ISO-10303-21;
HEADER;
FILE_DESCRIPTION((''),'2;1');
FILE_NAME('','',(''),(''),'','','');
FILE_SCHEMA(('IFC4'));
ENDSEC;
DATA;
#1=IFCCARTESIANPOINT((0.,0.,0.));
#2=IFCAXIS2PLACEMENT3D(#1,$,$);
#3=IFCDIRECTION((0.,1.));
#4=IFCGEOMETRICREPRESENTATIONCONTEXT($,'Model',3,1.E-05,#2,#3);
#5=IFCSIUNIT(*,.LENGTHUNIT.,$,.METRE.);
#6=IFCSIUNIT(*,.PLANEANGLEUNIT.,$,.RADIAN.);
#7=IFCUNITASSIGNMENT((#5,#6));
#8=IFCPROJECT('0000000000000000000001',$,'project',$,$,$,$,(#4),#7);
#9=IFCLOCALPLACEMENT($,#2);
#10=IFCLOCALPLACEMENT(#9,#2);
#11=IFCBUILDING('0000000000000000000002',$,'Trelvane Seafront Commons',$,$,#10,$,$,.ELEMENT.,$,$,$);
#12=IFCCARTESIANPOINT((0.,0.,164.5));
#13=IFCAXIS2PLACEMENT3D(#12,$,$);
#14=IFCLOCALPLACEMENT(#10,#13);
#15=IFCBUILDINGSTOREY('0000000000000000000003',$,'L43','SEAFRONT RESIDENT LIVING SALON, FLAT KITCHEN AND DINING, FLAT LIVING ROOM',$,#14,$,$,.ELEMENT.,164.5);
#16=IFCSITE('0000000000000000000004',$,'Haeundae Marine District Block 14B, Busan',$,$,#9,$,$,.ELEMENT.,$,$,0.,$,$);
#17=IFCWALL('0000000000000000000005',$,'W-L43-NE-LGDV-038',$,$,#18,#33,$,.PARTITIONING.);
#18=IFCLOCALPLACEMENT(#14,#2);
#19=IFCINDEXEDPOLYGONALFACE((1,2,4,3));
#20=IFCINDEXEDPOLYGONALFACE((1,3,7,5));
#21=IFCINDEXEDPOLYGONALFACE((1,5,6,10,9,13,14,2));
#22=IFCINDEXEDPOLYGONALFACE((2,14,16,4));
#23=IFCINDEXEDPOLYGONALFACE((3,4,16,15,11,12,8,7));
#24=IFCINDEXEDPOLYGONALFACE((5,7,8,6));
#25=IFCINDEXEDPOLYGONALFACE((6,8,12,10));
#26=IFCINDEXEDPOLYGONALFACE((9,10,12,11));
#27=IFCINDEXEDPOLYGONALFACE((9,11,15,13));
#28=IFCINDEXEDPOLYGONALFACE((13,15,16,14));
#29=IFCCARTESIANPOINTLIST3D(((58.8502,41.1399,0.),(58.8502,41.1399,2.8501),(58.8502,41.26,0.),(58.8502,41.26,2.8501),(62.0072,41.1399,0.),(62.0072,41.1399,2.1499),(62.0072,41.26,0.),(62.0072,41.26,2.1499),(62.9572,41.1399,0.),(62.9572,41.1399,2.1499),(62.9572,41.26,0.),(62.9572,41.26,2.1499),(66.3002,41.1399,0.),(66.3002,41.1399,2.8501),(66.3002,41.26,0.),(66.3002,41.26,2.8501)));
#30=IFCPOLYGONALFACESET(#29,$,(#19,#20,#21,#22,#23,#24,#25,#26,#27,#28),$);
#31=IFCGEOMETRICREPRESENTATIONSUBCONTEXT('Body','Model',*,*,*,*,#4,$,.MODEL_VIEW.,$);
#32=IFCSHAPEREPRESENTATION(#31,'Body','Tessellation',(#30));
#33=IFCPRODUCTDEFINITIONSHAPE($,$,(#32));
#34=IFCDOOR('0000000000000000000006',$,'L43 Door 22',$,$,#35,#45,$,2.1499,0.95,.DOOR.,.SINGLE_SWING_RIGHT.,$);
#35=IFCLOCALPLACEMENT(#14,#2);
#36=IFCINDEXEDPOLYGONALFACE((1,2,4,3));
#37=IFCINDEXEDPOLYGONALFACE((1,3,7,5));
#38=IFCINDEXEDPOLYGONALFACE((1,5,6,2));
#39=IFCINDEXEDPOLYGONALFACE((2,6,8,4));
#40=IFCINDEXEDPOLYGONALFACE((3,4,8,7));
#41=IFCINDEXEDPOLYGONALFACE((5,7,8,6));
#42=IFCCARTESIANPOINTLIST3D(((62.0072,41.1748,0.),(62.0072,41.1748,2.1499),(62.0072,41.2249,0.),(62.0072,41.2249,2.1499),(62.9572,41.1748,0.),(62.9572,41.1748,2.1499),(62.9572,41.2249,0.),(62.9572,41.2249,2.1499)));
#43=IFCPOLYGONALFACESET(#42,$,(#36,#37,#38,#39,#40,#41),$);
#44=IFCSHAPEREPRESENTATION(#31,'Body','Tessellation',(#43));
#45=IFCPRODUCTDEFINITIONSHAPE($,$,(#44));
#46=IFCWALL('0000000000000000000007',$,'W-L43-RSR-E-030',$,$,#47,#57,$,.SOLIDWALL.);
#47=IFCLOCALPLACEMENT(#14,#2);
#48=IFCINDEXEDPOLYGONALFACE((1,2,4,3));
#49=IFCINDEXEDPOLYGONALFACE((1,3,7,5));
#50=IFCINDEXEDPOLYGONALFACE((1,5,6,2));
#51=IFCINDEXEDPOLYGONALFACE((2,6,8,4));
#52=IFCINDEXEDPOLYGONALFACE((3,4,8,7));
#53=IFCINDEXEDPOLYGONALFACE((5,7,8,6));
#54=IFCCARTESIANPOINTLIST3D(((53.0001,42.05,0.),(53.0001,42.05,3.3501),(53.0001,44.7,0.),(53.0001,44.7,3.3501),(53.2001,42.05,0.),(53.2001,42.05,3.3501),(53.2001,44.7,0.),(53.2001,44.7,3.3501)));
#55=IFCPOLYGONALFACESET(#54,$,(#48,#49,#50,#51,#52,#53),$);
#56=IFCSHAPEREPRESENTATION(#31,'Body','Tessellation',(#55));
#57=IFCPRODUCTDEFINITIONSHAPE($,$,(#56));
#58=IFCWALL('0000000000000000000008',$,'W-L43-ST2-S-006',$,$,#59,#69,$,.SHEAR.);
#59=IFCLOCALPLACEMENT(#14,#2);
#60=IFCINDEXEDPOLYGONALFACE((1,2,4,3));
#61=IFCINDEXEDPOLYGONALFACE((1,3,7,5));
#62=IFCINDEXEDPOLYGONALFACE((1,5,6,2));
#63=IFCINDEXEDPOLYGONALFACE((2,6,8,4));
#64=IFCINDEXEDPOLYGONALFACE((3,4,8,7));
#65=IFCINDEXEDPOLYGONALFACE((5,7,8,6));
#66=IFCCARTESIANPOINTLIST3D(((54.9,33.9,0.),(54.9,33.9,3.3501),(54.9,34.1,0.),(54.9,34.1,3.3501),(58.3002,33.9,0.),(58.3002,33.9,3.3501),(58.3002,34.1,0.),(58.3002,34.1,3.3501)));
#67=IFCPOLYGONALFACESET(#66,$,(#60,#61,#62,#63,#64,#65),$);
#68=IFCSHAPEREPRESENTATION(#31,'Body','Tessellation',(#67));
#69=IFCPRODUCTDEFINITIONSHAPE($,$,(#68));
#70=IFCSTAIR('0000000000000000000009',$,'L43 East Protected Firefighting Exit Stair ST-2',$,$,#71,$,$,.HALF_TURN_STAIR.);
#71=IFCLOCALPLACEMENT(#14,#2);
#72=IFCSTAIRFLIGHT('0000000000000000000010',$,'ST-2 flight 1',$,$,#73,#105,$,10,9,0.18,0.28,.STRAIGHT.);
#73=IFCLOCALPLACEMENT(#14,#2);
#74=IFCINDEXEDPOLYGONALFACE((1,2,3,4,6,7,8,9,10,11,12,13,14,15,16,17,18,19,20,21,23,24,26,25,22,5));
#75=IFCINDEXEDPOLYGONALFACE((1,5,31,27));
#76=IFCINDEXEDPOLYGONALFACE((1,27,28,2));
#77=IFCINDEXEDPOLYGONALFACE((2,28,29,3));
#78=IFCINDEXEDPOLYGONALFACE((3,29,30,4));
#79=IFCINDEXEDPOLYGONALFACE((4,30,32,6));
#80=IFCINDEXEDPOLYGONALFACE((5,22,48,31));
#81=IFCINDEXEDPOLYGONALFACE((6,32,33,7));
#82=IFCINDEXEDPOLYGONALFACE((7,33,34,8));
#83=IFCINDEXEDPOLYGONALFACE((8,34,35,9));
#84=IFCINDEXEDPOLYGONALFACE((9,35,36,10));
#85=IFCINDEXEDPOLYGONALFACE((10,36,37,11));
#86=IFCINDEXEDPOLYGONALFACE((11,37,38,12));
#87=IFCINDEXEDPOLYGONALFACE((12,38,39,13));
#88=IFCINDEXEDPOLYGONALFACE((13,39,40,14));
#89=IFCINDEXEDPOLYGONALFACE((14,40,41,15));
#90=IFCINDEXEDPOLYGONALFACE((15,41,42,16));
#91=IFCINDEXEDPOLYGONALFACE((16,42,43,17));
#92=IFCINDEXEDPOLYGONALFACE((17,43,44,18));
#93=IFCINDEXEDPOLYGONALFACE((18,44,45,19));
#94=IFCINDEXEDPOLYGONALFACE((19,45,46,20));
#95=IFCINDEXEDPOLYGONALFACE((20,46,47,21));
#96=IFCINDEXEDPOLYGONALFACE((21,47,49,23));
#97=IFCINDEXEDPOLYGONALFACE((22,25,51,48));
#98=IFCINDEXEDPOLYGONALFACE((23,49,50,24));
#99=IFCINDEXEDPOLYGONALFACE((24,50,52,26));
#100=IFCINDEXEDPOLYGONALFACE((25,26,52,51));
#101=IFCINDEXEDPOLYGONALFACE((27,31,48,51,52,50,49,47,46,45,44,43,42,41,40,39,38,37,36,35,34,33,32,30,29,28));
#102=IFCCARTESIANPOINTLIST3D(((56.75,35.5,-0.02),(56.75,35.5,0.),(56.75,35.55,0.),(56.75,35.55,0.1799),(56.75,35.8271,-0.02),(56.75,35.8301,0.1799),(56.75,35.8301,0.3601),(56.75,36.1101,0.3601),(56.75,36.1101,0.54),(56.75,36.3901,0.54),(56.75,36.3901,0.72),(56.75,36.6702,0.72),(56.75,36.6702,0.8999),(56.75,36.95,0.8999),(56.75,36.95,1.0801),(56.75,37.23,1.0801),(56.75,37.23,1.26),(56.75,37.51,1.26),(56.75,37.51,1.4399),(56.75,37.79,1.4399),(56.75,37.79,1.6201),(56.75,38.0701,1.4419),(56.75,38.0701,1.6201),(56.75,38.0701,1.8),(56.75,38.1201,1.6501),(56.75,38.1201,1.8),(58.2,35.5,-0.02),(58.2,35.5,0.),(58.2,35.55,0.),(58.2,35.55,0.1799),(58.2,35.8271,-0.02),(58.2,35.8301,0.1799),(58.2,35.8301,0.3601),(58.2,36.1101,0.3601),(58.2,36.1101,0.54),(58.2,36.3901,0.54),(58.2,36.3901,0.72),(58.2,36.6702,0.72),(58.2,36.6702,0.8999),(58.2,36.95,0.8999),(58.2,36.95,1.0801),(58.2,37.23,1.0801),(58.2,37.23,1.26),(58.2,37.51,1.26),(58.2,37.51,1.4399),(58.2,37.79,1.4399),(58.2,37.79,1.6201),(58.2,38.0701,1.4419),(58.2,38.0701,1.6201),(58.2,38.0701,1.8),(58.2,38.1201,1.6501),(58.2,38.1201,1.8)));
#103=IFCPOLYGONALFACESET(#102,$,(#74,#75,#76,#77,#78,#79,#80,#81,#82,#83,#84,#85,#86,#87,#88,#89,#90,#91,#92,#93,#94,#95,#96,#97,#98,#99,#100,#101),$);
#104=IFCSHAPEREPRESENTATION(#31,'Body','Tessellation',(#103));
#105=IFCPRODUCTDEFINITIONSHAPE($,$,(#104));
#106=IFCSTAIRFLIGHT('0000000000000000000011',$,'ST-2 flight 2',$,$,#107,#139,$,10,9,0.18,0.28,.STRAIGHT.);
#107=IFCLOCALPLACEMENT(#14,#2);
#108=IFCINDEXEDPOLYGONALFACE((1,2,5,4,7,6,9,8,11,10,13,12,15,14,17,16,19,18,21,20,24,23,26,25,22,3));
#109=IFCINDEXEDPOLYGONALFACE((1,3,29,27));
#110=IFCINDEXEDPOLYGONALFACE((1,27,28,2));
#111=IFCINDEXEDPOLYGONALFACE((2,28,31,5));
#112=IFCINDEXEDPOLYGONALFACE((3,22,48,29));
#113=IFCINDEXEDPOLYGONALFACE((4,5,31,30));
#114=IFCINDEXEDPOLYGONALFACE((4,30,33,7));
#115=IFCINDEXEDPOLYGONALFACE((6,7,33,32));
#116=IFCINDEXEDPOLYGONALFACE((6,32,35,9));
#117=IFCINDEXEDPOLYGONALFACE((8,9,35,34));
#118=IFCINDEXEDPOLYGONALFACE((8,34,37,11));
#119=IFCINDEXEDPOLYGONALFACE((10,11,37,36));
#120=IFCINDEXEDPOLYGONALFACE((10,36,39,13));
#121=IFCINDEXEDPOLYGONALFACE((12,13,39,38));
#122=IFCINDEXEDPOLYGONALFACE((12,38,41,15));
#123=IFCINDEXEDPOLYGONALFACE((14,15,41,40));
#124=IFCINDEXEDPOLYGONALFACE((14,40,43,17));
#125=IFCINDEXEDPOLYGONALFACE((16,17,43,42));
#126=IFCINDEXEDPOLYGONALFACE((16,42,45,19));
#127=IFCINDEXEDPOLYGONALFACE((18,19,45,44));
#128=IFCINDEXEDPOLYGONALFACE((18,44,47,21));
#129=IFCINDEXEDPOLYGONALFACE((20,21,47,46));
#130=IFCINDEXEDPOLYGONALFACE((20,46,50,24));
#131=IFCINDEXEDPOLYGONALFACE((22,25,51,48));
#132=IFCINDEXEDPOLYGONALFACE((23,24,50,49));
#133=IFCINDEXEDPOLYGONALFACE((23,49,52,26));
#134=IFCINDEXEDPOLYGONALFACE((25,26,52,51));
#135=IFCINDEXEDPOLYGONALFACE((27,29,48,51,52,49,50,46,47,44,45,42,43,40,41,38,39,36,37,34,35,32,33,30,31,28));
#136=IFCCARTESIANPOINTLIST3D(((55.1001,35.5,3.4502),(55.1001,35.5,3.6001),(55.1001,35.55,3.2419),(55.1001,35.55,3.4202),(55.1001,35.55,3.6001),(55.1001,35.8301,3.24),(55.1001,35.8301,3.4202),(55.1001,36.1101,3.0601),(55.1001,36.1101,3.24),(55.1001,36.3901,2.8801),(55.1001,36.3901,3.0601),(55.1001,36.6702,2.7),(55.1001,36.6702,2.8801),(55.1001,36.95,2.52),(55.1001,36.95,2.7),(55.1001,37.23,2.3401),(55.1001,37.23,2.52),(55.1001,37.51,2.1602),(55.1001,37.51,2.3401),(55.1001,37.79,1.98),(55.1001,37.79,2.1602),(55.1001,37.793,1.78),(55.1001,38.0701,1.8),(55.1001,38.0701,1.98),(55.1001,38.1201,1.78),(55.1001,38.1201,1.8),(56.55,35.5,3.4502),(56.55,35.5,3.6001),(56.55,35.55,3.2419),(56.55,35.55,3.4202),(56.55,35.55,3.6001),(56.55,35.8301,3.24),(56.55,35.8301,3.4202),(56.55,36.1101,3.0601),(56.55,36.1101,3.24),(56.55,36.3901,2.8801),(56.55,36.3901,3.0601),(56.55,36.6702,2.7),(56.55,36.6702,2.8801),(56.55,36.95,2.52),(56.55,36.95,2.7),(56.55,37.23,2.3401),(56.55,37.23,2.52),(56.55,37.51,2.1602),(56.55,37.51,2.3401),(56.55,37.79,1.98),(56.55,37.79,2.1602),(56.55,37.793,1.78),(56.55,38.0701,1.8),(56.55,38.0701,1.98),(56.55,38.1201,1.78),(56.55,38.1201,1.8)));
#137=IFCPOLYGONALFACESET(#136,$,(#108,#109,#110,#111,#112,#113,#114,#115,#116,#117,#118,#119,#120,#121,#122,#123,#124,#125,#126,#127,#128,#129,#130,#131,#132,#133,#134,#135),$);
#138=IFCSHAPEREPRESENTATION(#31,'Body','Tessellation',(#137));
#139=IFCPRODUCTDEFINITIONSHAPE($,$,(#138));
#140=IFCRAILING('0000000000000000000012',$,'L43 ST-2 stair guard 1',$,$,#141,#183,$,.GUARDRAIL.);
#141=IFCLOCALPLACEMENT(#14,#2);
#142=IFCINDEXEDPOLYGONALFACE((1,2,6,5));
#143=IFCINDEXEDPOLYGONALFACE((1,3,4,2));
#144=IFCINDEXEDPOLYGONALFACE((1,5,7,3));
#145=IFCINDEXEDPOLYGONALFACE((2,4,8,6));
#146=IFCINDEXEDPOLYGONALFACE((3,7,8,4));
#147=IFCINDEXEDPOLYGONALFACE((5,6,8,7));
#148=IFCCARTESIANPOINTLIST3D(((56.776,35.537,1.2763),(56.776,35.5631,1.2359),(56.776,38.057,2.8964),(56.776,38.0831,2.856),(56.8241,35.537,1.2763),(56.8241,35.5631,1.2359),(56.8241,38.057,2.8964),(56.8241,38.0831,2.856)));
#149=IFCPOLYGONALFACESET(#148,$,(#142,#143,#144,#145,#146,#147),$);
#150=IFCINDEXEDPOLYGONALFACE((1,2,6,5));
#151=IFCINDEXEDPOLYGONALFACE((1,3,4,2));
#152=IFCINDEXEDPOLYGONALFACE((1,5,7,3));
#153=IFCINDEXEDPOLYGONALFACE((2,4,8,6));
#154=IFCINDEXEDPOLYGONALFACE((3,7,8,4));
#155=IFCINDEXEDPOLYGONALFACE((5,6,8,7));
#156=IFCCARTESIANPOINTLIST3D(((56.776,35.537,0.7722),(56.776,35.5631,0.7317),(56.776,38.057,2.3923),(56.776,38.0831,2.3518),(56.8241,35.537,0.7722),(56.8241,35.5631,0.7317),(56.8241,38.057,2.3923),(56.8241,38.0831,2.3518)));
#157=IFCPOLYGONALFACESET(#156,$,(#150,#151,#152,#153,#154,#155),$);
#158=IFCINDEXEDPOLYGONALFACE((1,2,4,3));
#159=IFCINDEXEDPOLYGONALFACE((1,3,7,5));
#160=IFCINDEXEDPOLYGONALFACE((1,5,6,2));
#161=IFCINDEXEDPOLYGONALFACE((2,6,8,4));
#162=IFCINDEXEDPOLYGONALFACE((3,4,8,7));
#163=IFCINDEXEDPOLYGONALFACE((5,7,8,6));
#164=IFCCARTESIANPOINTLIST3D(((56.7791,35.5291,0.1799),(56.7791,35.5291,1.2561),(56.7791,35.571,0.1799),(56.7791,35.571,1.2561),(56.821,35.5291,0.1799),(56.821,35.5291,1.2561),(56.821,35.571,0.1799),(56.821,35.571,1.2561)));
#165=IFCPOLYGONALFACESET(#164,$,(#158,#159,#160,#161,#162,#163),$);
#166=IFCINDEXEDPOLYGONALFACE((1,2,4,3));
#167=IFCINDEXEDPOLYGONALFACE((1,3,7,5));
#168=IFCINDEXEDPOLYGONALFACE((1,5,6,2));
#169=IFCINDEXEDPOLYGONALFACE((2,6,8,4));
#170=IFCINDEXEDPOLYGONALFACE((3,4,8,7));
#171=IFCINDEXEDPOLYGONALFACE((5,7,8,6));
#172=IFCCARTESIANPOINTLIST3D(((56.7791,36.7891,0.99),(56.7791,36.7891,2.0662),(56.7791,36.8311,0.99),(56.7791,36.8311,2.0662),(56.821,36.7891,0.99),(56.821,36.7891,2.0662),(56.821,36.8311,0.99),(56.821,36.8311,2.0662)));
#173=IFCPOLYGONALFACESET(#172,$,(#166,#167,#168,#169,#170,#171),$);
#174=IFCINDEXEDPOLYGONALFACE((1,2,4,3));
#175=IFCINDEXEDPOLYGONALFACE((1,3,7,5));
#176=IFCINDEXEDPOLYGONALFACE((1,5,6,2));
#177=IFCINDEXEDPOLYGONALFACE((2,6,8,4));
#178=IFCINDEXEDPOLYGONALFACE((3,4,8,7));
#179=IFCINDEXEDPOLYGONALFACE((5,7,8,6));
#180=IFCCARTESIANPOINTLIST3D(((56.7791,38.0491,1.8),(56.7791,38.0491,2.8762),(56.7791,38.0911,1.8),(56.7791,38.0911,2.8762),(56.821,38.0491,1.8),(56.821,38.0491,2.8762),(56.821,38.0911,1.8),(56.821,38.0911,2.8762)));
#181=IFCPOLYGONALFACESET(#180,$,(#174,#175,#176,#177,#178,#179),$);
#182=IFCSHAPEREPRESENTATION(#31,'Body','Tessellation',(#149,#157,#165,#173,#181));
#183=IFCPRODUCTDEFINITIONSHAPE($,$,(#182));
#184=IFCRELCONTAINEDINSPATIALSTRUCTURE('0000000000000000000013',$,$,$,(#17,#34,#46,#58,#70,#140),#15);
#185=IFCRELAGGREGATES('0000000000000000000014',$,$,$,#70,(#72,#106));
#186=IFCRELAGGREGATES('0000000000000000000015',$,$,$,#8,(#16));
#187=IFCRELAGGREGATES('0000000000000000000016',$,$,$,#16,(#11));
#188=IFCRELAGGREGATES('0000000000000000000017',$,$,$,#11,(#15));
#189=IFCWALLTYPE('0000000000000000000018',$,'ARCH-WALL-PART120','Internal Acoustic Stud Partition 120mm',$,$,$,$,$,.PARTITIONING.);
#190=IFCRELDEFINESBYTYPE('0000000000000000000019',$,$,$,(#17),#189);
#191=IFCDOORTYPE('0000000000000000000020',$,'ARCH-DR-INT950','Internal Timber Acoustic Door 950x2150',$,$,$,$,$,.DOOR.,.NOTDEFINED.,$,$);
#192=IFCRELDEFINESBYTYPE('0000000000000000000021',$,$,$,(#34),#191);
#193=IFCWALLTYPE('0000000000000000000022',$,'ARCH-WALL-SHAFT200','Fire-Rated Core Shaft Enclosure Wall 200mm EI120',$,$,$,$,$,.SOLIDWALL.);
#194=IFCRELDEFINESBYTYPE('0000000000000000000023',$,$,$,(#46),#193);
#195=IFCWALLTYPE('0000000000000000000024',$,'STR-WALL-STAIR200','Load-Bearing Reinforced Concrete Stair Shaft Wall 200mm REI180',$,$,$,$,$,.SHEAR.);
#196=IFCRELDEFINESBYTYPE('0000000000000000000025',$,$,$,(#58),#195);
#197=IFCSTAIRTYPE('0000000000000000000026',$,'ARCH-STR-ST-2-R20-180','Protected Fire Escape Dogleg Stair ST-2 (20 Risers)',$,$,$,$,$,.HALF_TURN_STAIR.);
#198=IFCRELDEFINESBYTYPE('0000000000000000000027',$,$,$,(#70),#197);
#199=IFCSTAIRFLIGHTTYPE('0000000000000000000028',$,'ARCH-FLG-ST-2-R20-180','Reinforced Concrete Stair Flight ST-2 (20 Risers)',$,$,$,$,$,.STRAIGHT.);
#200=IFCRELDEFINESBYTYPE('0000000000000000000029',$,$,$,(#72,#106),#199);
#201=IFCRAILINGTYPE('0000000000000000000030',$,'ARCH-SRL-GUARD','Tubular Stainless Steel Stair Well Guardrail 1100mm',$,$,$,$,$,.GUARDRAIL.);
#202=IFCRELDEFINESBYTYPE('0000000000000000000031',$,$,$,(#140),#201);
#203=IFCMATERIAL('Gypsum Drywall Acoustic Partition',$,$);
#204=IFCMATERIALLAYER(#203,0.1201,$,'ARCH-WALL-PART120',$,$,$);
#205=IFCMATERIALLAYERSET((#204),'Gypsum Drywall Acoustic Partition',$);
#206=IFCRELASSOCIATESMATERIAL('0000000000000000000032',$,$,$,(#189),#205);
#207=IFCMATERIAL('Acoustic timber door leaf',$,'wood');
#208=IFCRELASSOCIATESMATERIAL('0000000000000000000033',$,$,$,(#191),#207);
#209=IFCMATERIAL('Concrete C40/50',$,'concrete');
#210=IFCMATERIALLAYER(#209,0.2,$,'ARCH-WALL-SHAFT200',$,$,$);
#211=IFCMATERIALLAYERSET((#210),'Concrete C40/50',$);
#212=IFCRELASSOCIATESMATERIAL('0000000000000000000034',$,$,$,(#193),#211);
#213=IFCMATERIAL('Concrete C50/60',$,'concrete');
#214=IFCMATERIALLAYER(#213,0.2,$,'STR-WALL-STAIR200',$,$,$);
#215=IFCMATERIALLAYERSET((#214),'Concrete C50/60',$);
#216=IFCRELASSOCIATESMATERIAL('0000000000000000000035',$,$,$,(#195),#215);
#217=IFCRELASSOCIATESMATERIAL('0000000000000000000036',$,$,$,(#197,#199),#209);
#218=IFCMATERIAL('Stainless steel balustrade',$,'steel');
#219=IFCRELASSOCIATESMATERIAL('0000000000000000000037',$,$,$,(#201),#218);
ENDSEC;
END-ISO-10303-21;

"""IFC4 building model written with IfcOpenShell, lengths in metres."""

from ifc_helpers import new_model, si_unit, direction, frame, frame_2d, origin, origin_2d, place, context, subcontext, project, spatial, polyline, rectangle, outline, extrude, source, transform, mapped, material, layer, layer_set, type_object, element, fill, aggregate, save


model = new_model("IFC4")

# Units and contexts
model_context = context("Model", 3, precision=1e-05, world=origin(), true_north=direction((0.0, 1.0)))
body_context = subcontext(model_context, "Body", "Model", "MODEL_VIEW")
ifc_project = project(units=[si_unit("LENGTHUNIT", "METRE"), si_unit("PLANEANGLEUNIT", "RADIAN")], contexts=[model_context])

# Site, building, storey
site_placement = place(None, origin())
site = spatial("IfcSite", under=ifc_project, at=site_placement, Name="Haeundae Marine District Block 14B, Busan", CompositionType="ELEMENT", RefElevation=0.0)
building_placement = place(site_placement, origin())
building = spatial("IfcBuilding", under=site, at=building_placement, Name="Trelvane Seafront Commons", CompositionType="ELEMENT")
storey_placement = place(building_placement, frame((0.0, 0.0, 164.5)))
storey = spatial("IfcBuildingStorey", under=building, at=storey_placement, Name="L43", Description="SEAFRONT RESIDENT LIVING SALON, FLAT KITCHEN AND DINING, FLAT LIVING ROOM", CompositionType="ELEMENT", Elevation=164.5)

# Shared definitions
ifc_material_1 = material(Name="Concrete C50/60", Category="concrete")

# Shared definitions
ifc_material_2 = material(Name="Concrete C40/50", Category="concrete")

# Wall, opening, door
ifc_material_3 = material(Name="Gypsum Drywall Acoustic Partition")
ifc_layer_1 = layer(ifc_material_3, 0.1201, Name="ARCH-WALL-PART120")
ifc_layer_set_1 = layer_set([ifc_layer_1], Name="Gypsum Drywall Acoustic Partition")
wall_type_1 = type_object("IfcWallType", Name="ARCH-WALL-PART120", Description="Internal Acoustic Stud Partition 120mm", PredefinedType="PARTITIONING", material=ifc_layer_set_1)
wall_1_placement = place(storey_placement, frame((58.8501, 41.2, 0.0), z_axis=(0.0, 0.0, 1.0), x_axis=(1.0, 0.0, 0.0)))
wall_1 = element("IfcWall", 1, at=wall_1_placement, inside=storey, type_object=wall_type_1, Name="W-L43-NE-LGDV-038", PredefinedType="PARTITIONING", context=body_context, shape_type="SweptSolid", body=[
    extrude(rectangle(XDim=7.45, YDim=0.1201, at=frame_2d((3.7251, 0.0))), origin(), (0.0, 0.0, 1.0), 2.8501),
])
opening_1_placement = place(wall_1_placement, frame((3.157, 0.0, 0.0)))
opening_1 = element("IfcOpeningElement", 2, at=opening_1_placement, cuts=wall_1, PredefinedType="OPENING", context=body_context, shape_type="SweptSolid", body=[
    extrude(rectangle(XDim=0.95, YDim=2.1499, at=frame_2d((0.4751, 1.075))), frame((0.0, 0.0701, 0.0), z_axis=(0.0, -1.0, 0.0), x_axis=(1.0, 0.0, 0.0)), (0.0, 0.0, 1.0), 0.1401),
])
ifc_material_4 = material(Name="Acoustic timber door leaf", Category="wood")
door_type_1 = type_object("IfcDoorType", Name="ARCH-DR-INT950", Description="Internal Timber Acoustic Door 950x2150", OperationType="NOTDEFINED", PredefinedType="DOOR", material=ifc_material_4)
shared_shape_1 = source(origin(), body_context, "Body", "SweptSolid", [
    extrude(rectangle(XDim=0.95, YDim=2.1499, at=frame_2d((0.4751, 1.075))), frame((0.0, 0.0249, 0.0), z_axis=(0.0, -1.0, 0.0), x_axis=(1.0, 0.0, 0.0)), (0.0, 0.0, 1.0), 0.05),
])
door_1_placement = place(opening_1_placement, origin())
door_1 = element("IfcDoor", 3, at=door_1_placement, inside=storey, type_object=door_type_1, Name="L43 Door 22", OperationType="SINGLE_SWING_RIGHT", OverallHeight=2.1499, OverallWidth=0.95, PredefinedType="DOOR", context=body_context, shape_type="MappedRepresentation", body=[
    mapped(shared_shape_1, transform((0.0, 0.0, 0.0), x_axis=(1.0, 0.0, 0.0), y_axis=(0.0, 1.0, 0.0), z_axis=(0.0, 0.0, 1.0), scale=1.0)),
])
fill(opening_1, door_1)

# Walls
ifc_layer_2 = layer(ifc_material_2, 0.2, Name="ARCH-WALL-SHAFT200")
ifc_layer_set_2 = layer_set([ifc_layer_2], Name="Concrete C40/50")
wall_type_2 = type_object("IfcWallType", Name="ARCH-WALL-SHAFT200", Description="Fire-Rated Core Shaft Enclosure Wall 200mm EI120", PredefinedType="SOLIDWALL", material=ifc_layer_set_2)
wall_2_placement = place(storey_placement, frame((53.1001, 42.05, 0.0), z_axis=(0.0, 0.0, 1.0), x_axis=(0.0, 1.0, 0.0)))
element("IfcWall", 4, at=wall_2_placement, inside=storey, type_object=wall_type_2, Name="W-L43-RSR-E-030", PredefinedType="SOLIDWALL", context=body_context, shape_type="SweptSolid", body=[
    extrude(rectangle(XDim=2.6499, YDim=0.2, at=frame_2d((1.325, 0.0))), origin(), (0.0, 0.0, 1.0), 3.3501),
])
ifc_layer_3 = layer(ifc_material_1, 0.2, Name="STR-WALL-STAIR200")
ifc_layer_set_3 = layer_set([ifc_layer_3], Name="Concrete C50/60")
wall_type_3 = type_object("IfcWallType", Name="STR-WALL-STAIR200", Description="Load-Bearing Reinforced Concrete Stair Shaft Wall 200mm REI180", PredefinedType="SHEAR", material=ifc_layer_set_3)
wall_3_placement = place(storey_placement, frame((54.8999, 34.0, 0.0), z_axis=(0.0, 0.0, 1.0), x_axis=(1.0, 0.0, 0.0)))
element("IfcWall", 5, at=wall_3_placement, inside=storey, type_object=wall_type_3, Name="W-L43-ST2-S-006", PredefinedType="SHEAR", context=body_context, shape_type="SweptSolid", body=[
    extrude(rectangle(XDim=3.4001, YDim=0.2, at=frame_2d((1.7002, 0.0))), origin(), (0.0, 0.0, 1.0), 3.3501),
])

# Stair, stair flights
stair_type = type_object("IfcStairType", Name="ARCH-STR-ST-2-R20-180", Description="Protected Fire Escape Dogleg Stair ST-2 (20 Risers)", PredefinedType="HALF_TURN_STAIR", material=ifc_material_2)
stair_placement = place(storey_placement, origin())
stair = element("IfcStair", 6, at=stair_placement, inside=storey, type_object=stair_type, Name="L43 East Protected Firefighting Exit Stair ST-2", PredefinedType="HALF_TURN_STAIR")
stair_flight_type = type_object("IfcStairFlightType", Name="ARCH-FLG-ST-2-R20-180", Description="Reinforced Concrete Stair Flight ST-2 (20 Risers)", PredefinedType="STRAIGHT", material=ifc_material_2)
shared_shape_2 = source(origin(), body_context, "Body", "SweptSolid", [
    extrude(outline(polyline([(-0.05, -0.02), (-0.05, 0.0), (0.0, 0.0), (0.0, 0.1799), (0.28, 0.1799), (0.28, 0.3601), (0.5601, 0.3601), (0.5601, 0.54), (0.8401, 0.54), (0.8401, 0.72), (1.1201, 0.72), (1.1201, 0.8999), (1.3999, 0.8999), (1.3999, 1.0801), (1.6799, 1.0801), (1.6799, 1.26), (1.96, 1.26), (1.96, 1.4399), (2.24, 1.4399), (2.24, 1.6201), (2.52, 1.6201), (2.52, 1.8), (2.5701, 1.8), (2.5701, 1.6501), (2.52, 1.4419), (0.2771, -0.02), (-0.05, -0.02)])), frame((0.0, 0.7251, 0.0), z_axis=(0.0, -1.0, 0.0), x_axis=(1.0, 0.0, 0.0)), (0.0, 0.0, 1.0), 1.45),
])
stair_flight_1_placement = place(storey_placement, frame((57.4751, 35.55, 0.0), z_axis=(0.0, 0.0, 1.0), x_axis=(0.0, 1.0, 0.0)))
stair_flight_1 = element("IfcStairFlight", 7, at=stair_flight_1_placement, type_object=stair_flight_type, Name="ST-2 flight 1", NumberOfRisers=10, NumberOfTreads=9, PredefinedType="STRAIGHT", RiserHeight=0.18, TreadLength=0.28, context=body_context, shape_type="MappedRepresentation", body=[
    mapped(shared_shape_2, transform((0.0, 0.0, 0.0), x_axis=(1.0, 0.0, 0.0), y_axis=(0.0, 1.0, 0.0), z_axis=(0.0, 0.0, 1.0), scale=1.0)),
])
stair_flight_2_placement = place(storey_placement, frame((55.825, 38.0701, 1.8), z_axis=(0.0, 0.0, 1.0), x_axis=(0.0, -1.0, 0.0)))
stair_flight_2 = element("IfcStairFlight", 8, at=stair_flight_2_placement, type_object=stair_flight_type, Name="ST-2 flight 2", NumberOfRisers=10, NumberOfTreads=9, PredefinedType="STRAIGHT", RiserHeight=0.18, TreadLength=0.28, context=body_context, shape_type="MappedRepresentation", body=[
    mapped(shared_shape_2, transform((0.0, 0.0, 0.0), x_axis=(1.0, 0.0, 0.0), y_axis=(0.0, 1.0, 0.0), z_axis=(0.0, 0.0, 1.0), scale=1.0)),
])
aggregate(stair, [stair_flight_1, stair_flight_2])

# Railing
ifc_material_5 = material(Name="Stainless steel balustrade", Category="steel")
railing_type_1 = type_object("IfcRailingType", Name="ARCH-SRL-GUARD", Description="Tubular Stainless Steel Stair Well Guardrail 1100mm", PredefinedType="GUARDRAIL", material=ifc_material_5)
railing_1_placement = place(storey_placement, frame((56.8, 35.55, 0.1799)))
element("IfcRailing", 9, at=railing_1_placement, inside=storey, type_object=railing_type_1, Name="L43 ST-2 stair guard 1", PredefinedType="GUARDRAIL", context=body_context, shape_type="SweptSolid", body=[
    extrude(rectangle(XDim=0.0481, YDim=0.0481, at=origin_2d()), frame((0.0, 0.0, 1.0762), z_axis=(0.0, 0.841163, 0.540782), x_axis=(-1.0, 0.0, 0.0)), (0.0, 0.0, 1.0), 2.9958),
    extrude(rectangle(XDim=0.0481, YDim=0.0481, at=origin_2d()), frame((0.0, 0.0, 0.572), z_axis=(0.0, 0.841163, 0.540782), x_axis=(-1.0, 0.0, 0.0)), (0.0, 0.0, 1.0), 2.9958),
    extrude(rectangle(XDim=0.042, YDim=0.042, at=origin_2d()), origin(), (0.0, 0.0, 1.0), 1.0762),
    extrude(rectangle(XDim=0.042, YDim=0.042, at=origin_2d()), frame((0.0, 1.26, 0.8101)), (0.0, 0.0, 1.0), 1.0762),
    extrude(rectangle(XDim=0.042, YDim=0.042, at=origin_2d()), frame((0.0, 2.52, 1.6201)), (0.0, 0.0, 1.0), 1.0762),
])

save(model, "model.ifc")
